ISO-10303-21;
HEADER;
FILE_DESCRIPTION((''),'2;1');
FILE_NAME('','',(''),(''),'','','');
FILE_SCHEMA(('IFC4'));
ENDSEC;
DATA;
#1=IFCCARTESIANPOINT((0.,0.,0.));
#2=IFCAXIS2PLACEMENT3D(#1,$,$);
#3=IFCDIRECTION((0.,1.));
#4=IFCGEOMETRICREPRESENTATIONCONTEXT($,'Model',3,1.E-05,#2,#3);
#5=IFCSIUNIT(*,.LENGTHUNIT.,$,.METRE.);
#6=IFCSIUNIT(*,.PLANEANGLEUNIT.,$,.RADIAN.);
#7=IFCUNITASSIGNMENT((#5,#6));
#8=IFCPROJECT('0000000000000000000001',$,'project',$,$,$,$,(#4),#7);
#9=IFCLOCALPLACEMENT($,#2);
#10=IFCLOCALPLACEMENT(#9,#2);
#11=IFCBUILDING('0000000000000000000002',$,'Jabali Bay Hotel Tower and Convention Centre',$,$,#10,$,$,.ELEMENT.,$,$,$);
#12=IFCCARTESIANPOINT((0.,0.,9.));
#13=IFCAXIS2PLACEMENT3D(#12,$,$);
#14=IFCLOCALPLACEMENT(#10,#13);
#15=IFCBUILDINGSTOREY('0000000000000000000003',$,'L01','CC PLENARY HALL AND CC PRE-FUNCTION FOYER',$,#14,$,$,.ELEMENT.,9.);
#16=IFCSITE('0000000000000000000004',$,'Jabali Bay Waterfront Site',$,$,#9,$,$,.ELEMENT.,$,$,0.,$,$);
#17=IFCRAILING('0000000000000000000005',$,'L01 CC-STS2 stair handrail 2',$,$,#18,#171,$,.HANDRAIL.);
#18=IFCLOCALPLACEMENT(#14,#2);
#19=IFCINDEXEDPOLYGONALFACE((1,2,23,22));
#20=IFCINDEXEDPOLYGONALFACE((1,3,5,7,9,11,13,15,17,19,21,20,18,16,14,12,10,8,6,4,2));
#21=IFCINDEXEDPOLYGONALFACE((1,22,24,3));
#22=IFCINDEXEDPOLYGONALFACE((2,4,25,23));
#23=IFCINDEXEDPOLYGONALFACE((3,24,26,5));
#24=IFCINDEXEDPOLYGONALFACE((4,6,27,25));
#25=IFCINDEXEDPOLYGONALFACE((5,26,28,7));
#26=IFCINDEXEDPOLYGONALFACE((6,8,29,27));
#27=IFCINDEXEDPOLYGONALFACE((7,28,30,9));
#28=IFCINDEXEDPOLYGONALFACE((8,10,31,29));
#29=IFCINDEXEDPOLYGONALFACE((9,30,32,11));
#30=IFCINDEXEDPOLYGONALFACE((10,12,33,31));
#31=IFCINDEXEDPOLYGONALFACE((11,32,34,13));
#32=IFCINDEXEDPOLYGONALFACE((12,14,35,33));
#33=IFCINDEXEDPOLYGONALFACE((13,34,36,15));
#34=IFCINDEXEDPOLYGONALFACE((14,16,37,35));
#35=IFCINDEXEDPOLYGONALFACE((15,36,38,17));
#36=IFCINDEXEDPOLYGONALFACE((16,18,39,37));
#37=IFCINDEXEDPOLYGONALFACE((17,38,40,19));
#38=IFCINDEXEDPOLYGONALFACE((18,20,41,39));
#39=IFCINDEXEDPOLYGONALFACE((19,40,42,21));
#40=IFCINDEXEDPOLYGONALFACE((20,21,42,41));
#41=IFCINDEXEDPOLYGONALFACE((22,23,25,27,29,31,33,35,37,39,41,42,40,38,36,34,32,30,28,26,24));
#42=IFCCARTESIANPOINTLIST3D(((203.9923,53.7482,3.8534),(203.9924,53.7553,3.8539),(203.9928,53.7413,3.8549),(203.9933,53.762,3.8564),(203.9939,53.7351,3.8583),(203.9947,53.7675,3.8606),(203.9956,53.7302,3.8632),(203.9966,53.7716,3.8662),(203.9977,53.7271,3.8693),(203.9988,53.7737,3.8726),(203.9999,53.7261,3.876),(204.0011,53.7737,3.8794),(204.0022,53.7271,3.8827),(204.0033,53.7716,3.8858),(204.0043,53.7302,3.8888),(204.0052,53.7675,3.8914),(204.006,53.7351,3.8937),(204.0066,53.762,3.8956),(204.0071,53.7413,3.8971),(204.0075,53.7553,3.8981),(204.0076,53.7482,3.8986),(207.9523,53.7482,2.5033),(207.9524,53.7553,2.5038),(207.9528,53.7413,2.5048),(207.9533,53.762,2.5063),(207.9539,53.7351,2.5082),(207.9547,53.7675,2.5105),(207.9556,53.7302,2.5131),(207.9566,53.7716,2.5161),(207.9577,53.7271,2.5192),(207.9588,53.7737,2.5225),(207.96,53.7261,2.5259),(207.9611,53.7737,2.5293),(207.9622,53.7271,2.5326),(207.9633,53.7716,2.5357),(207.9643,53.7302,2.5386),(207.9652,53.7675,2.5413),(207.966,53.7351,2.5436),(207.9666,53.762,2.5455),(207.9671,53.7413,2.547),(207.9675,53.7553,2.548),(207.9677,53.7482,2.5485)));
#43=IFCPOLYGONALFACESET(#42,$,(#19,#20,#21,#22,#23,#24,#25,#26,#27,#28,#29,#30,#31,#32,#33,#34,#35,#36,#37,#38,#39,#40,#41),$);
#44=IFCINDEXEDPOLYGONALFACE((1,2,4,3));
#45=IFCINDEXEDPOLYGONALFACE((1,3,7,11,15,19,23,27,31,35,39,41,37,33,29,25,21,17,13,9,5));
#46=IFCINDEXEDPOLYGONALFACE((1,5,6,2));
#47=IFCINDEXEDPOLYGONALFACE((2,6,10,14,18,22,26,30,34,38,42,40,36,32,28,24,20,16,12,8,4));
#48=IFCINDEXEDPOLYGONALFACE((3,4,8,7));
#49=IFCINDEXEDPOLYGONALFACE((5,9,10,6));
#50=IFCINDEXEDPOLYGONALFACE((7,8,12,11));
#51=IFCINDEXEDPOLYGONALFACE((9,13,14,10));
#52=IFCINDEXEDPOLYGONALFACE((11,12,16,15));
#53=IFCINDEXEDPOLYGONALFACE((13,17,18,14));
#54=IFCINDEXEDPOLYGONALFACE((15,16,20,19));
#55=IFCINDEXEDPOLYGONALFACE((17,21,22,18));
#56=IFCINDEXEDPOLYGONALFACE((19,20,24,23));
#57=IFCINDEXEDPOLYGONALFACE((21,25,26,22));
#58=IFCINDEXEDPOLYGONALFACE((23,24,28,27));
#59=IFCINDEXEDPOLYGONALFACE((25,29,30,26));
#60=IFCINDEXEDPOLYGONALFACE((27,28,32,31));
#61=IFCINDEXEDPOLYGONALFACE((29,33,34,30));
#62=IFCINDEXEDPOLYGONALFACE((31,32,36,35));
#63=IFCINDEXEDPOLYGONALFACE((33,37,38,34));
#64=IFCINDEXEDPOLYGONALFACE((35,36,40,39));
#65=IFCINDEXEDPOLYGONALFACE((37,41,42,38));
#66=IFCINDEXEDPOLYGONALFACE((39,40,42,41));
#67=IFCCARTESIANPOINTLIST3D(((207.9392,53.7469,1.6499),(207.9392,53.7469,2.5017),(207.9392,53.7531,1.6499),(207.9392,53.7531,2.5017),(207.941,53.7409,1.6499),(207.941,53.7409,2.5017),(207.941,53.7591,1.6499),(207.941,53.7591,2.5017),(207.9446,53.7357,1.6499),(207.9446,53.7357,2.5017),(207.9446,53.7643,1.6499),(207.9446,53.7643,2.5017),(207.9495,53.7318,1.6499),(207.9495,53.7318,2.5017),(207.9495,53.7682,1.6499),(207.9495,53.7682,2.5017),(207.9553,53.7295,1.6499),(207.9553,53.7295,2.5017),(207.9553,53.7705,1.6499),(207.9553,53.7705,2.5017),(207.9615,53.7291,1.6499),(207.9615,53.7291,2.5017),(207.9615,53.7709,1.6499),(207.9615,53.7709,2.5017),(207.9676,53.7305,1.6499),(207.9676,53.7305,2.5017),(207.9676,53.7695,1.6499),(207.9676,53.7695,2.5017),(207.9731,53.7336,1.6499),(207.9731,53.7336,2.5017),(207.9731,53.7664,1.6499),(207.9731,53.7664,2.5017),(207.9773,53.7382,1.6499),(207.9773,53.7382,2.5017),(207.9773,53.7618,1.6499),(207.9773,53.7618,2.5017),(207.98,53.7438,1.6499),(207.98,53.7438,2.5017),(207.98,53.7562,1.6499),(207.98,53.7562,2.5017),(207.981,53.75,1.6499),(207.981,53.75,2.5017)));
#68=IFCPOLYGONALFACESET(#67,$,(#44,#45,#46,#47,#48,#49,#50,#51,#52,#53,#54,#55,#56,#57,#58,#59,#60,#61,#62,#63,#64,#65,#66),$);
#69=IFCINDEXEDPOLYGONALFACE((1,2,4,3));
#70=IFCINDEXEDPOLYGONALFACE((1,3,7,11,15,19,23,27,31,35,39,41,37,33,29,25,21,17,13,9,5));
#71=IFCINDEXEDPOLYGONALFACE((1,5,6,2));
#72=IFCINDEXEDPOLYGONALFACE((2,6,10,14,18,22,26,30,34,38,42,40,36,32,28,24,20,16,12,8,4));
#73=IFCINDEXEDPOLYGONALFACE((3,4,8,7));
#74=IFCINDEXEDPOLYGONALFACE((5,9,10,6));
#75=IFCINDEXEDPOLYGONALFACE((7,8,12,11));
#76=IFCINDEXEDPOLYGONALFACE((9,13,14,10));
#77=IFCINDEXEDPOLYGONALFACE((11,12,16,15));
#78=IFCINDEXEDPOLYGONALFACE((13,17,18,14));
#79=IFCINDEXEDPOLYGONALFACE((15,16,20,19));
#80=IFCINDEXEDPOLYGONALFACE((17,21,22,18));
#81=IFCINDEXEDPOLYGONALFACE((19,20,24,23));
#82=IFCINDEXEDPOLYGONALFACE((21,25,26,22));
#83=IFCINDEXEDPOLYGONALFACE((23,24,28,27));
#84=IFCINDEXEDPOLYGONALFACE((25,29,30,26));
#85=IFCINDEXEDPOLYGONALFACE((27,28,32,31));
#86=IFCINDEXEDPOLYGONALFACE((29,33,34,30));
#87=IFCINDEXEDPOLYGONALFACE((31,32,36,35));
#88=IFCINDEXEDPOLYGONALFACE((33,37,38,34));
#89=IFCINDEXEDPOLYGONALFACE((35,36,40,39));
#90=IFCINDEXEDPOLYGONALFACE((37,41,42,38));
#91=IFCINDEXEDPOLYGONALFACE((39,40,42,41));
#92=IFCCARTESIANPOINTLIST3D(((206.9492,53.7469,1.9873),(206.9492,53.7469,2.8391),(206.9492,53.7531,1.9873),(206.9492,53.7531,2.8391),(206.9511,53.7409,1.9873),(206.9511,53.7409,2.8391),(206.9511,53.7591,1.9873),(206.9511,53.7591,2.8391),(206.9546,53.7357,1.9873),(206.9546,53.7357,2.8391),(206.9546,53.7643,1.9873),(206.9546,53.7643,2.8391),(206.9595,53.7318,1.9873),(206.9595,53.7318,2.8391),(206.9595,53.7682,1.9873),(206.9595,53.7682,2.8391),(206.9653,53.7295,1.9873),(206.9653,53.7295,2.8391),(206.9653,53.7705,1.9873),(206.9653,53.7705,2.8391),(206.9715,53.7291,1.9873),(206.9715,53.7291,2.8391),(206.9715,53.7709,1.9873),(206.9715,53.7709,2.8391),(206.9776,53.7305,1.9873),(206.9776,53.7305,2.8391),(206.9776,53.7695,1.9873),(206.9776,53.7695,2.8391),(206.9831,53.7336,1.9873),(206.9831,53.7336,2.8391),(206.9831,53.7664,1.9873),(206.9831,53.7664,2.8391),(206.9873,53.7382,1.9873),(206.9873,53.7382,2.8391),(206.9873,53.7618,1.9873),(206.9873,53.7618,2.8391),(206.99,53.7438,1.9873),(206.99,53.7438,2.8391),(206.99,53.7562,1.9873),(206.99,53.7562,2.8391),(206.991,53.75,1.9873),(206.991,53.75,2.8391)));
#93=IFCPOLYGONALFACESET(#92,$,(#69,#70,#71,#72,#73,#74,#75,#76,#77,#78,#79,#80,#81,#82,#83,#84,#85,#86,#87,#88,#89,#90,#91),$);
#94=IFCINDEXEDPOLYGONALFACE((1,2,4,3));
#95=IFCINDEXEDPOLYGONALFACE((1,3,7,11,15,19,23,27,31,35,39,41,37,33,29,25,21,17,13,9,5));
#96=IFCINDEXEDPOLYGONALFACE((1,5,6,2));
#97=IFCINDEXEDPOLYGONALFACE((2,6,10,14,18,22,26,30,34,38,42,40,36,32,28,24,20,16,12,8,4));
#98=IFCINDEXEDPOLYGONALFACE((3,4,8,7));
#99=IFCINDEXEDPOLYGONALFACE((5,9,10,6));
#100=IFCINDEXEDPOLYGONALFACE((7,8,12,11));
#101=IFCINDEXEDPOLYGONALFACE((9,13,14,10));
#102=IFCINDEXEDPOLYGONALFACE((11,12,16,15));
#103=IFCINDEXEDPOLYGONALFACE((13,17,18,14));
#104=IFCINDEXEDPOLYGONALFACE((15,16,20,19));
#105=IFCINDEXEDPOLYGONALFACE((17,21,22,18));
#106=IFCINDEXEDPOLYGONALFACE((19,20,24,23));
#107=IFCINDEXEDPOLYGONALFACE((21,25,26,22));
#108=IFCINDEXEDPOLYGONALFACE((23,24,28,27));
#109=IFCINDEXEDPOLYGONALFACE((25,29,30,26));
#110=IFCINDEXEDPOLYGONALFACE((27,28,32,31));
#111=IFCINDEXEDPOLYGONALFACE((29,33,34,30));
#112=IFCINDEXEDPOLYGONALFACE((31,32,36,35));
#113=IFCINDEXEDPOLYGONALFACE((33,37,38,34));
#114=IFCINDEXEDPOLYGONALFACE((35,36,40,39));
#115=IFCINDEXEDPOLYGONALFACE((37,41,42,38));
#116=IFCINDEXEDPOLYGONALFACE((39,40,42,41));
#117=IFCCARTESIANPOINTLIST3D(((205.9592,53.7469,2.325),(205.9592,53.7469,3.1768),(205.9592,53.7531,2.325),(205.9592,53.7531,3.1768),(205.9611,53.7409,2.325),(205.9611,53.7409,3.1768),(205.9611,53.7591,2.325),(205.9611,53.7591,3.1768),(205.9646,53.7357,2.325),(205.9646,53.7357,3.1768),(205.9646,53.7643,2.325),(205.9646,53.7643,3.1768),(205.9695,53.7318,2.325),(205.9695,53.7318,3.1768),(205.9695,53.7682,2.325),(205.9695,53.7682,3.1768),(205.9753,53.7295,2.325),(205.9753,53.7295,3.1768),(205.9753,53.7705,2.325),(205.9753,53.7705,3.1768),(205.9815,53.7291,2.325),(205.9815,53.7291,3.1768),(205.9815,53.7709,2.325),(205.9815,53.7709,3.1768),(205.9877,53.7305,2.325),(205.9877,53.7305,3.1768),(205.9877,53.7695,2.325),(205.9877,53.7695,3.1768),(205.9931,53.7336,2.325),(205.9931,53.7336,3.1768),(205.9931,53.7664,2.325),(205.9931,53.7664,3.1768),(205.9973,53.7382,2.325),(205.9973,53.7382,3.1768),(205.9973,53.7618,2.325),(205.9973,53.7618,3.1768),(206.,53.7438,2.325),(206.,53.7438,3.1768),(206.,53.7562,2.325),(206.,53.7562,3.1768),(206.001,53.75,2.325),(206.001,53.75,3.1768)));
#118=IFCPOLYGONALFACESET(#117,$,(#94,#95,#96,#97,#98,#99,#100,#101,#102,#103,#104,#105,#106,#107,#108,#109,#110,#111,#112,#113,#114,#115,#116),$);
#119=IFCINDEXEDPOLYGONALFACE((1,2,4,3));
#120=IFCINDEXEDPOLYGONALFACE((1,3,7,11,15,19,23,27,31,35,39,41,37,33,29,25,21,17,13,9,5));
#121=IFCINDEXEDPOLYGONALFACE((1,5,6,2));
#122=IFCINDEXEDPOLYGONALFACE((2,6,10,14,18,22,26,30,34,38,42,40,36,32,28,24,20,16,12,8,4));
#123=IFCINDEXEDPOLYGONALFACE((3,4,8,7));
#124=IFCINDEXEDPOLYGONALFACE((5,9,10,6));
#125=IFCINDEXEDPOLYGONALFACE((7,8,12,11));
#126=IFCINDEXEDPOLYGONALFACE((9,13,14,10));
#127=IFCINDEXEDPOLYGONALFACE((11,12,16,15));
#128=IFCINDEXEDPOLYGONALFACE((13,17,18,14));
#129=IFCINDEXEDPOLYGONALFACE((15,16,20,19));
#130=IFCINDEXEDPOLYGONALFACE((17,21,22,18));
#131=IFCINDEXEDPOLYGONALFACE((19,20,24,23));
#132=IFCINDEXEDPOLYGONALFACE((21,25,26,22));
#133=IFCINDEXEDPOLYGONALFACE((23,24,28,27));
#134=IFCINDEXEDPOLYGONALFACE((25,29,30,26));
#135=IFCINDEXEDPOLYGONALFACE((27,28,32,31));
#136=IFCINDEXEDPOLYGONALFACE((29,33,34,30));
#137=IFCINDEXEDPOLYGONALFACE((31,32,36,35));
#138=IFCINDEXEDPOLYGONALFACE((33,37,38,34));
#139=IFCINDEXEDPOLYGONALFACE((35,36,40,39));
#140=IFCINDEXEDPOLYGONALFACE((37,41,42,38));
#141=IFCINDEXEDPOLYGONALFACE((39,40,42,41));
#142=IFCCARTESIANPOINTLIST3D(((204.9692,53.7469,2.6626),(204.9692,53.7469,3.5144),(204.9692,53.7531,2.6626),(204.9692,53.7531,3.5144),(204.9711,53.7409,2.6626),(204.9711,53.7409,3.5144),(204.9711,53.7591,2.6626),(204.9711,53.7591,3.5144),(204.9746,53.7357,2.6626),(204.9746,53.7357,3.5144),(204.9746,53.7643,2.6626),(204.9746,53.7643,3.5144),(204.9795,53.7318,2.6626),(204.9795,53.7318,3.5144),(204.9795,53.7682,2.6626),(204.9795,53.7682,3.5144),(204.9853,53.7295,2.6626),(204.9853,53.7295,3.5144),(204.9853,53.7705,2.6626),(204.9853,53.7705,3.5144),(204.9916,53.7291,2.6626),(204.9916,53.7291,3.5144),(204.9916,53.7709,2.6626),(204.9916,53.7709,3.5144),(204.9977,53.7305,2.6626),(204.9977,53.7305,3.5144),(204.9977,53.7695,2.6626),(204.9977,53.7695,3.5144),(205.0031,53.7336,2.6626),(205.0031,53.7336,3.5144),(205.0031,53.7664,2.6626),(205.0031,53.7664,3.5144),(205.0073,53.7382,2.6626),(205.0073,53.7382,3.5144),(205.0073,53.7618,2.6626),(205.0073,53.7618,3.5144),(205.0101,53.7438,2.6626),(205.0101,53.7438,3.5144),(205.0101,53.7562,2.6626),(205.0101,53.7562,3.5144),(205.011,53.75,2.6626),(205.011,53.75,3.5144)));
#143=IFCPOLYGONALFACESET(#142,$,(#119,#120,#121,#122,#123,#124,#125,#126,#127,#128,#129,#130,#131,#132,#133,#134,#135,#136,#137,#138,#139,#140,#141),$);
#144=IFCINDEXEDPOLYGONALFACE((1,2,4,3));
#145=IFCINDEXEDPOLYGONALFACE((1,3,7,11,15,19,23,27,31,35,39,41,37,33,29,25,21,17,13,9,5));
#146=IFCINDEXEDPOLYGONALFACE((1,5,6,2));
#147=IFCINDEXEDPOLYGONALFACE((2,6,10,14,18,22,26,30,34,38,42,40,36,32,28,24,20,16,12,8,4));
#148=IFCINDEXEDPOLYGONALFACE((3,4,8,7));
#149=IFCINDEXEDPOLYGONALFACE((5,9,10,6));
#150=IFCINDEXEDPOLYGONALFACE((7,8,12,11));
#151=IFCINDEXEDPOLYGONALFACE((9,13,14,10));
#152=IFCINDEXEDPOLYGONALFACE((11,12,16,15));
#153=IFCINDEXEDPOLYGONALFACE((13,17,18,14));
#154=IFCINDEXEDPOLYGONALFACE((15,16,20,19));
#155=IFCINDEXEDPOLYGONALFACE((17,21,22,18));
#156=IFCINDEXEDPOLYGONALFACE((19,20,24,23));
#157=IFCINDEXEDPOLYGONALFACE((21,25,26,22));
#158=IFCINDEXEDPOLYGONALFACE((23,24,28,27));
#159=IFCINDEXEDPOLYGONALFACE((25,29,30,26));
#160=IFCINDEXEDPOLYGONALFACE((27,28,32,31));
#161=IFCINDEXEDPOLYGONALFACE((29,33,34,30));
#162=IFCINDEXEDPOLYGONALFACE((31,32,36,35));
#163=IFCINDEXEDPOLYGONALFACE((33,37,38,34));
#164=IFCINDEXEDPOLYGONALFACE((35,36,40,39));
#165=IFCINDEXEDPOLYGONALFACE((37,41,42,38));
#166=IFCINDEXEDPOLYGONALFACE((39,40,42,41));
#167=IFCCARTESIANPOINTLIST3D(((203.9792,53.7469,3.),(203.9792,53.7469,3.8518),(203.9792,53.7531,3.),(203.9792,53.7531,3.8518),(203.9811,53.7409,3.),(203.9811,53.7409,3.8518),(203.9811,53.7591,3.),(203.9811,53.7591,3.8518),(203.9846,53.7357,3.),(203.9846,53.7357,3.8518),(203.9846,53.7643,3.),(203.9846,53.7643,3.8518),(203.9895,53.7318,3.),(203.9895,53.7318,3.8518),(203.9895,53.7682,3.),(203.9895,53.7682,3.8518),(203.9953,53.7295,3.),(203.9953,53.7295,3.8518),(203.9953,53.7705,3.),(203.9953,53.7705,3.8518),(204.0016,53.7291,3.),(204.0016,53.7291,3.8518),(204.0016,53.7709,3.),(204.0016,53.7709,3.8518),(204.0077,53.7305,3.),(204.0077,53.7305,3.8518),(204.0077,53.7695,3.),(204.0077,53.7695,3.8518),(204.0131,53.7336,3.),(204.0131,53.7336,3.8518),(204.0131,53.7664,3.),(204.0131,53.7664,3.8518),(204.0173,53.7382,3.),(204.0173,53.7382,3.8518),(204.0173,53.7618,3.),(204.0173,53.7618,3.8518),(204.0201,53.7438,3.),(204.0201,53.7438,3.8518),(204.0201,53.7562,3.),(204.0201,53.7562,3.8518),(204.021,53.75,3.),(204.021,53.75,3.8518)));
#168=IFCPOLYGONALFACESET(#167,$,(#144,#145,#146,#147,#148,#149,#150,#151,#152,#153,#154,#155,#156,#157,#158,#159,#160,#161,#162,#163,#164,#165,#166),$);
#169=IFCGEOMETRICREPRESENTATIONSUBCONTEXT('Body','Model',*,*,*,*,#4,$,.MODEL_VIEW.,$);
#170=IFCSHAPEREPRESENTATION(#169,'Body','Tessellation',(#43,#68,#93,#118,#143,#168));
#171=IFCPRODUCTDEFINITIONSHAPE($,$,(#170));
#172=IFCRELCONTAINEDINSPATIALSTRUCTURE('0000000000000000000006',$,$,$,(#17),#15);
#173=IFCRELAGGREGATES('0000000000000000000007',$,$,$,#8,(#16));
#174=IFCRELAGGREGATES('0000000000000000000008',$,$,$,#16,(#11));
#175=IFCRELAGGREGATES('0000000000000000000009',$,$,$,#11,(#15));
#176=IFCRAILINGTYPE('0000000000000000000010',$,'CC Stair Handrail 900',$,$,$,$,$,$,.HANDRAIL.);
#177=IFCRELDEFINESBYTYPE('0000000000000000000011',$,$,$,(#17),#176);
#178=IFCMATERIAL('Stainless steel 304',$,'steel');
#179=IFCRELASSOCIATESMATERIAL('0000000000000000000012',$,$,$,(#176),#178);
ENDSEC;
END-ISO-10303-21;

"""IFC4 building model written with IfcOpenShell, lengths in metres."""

from ifc_helpers import new_model, si_unit, direction, frame, origin, origin_2d, place, context, subcontext, project, spatial, circle, extrude, material, type_object, element, save


model = new_model("IFC4")

# Units and contexts
model_context = context("Model", 3, precision=1e-05, world=origin(), true_north=direction((0.0, 1.0)))
body_context = subcontext(model_context, "Body", "Model", "MODEL_VIEW")
ifc_project = project(units=[si_unit("LENGTHUNIT", "METRE"), si_unit("PLANEANGLEUNIT", "RADIAN")], contexts=[model_context])

# Site, building, storey
site_placement = place(None, origin())
site = spatial("IfcSite", under=ifc_project, at=site_placement, Name="Jabali Bay Waterfront Site", CompositionType="ELEMENT", RefElevation=0.0)
building_placement = place(site_placement, origin())
building = spatial("IfcBuilding", under=site, at=building_placement, Name="Jabali Bay Hotel Tower and Convention Centre", CompositionType="ELEMENT")
storey_placement = place(building_placement, frame((0.0, 0.0, 9.0)))
storey = spatial("IfcBuildingStorey", under=building, at=storey_placement, Name="L01", Description="CC PLENARY HALL AND CC PRE-FUNCTION FOYER", CompositionType="ELEMENT", Elevation=9.0)

# Railing
ifc_material_1 = material(Name="Stainless steel 304", Category="steel")
railing_type = type_object("IfcRailingType", Name="CC Stair Handrail 900", PredefinedType="HANDRAIL", material=ifc_material_1)
for number, where, name in (
    (1, (207.96, 53.75, 1.6499), "L01 CC-STS2 stair handrail 2"),
):
    element("IfcRailing", number, at=place(storey_placement, frame(where)), inside=storey, type_object=railing_type, Name=name, PredefinedType="HANDRAIL", context=body_context, shape_type="SweptSolid", body=[
        extrude(circle(Radius=0.0239, at=origin_2d()), frame((0.0, 0.0, 0.876), z_axis=(-0.946502, 0.0, 0.322698), x_axis=(0.0, -1.0, 0.0)), (0.0, 0.0, 1.0), 4.1838),
        extrude(circle(Radius=0.021, at=origin_2d()), origin(), (0.0, 0.0, 1.0), 0.8518),
        extrude(circle(Radius=0.021, at=origin_2d()), frame((-0.99, 0.0, 0.3374)), (0.0, 0.0, 1.0), 0.8518),
        extrude(circle(Radius=0.021, at=origin_2d()), frame((-1.98, 0.0, 0.675)), (0.0, 0.0, 1.0), 0.8518),
        extrude(circle(Radius=0.021, at=origin_2d()), frame((-2.97, 0.0, 1.0127)), (0.0, 0.0, 1.0), 0.8518),
        extrude(circle(Radius=0.021, at=origin_2d()), frame((-3.96, 0.0, 1.3501)), (0.0, 0.0, 1.0), 0.8518),
    ])

save(model, "model.ifc")
